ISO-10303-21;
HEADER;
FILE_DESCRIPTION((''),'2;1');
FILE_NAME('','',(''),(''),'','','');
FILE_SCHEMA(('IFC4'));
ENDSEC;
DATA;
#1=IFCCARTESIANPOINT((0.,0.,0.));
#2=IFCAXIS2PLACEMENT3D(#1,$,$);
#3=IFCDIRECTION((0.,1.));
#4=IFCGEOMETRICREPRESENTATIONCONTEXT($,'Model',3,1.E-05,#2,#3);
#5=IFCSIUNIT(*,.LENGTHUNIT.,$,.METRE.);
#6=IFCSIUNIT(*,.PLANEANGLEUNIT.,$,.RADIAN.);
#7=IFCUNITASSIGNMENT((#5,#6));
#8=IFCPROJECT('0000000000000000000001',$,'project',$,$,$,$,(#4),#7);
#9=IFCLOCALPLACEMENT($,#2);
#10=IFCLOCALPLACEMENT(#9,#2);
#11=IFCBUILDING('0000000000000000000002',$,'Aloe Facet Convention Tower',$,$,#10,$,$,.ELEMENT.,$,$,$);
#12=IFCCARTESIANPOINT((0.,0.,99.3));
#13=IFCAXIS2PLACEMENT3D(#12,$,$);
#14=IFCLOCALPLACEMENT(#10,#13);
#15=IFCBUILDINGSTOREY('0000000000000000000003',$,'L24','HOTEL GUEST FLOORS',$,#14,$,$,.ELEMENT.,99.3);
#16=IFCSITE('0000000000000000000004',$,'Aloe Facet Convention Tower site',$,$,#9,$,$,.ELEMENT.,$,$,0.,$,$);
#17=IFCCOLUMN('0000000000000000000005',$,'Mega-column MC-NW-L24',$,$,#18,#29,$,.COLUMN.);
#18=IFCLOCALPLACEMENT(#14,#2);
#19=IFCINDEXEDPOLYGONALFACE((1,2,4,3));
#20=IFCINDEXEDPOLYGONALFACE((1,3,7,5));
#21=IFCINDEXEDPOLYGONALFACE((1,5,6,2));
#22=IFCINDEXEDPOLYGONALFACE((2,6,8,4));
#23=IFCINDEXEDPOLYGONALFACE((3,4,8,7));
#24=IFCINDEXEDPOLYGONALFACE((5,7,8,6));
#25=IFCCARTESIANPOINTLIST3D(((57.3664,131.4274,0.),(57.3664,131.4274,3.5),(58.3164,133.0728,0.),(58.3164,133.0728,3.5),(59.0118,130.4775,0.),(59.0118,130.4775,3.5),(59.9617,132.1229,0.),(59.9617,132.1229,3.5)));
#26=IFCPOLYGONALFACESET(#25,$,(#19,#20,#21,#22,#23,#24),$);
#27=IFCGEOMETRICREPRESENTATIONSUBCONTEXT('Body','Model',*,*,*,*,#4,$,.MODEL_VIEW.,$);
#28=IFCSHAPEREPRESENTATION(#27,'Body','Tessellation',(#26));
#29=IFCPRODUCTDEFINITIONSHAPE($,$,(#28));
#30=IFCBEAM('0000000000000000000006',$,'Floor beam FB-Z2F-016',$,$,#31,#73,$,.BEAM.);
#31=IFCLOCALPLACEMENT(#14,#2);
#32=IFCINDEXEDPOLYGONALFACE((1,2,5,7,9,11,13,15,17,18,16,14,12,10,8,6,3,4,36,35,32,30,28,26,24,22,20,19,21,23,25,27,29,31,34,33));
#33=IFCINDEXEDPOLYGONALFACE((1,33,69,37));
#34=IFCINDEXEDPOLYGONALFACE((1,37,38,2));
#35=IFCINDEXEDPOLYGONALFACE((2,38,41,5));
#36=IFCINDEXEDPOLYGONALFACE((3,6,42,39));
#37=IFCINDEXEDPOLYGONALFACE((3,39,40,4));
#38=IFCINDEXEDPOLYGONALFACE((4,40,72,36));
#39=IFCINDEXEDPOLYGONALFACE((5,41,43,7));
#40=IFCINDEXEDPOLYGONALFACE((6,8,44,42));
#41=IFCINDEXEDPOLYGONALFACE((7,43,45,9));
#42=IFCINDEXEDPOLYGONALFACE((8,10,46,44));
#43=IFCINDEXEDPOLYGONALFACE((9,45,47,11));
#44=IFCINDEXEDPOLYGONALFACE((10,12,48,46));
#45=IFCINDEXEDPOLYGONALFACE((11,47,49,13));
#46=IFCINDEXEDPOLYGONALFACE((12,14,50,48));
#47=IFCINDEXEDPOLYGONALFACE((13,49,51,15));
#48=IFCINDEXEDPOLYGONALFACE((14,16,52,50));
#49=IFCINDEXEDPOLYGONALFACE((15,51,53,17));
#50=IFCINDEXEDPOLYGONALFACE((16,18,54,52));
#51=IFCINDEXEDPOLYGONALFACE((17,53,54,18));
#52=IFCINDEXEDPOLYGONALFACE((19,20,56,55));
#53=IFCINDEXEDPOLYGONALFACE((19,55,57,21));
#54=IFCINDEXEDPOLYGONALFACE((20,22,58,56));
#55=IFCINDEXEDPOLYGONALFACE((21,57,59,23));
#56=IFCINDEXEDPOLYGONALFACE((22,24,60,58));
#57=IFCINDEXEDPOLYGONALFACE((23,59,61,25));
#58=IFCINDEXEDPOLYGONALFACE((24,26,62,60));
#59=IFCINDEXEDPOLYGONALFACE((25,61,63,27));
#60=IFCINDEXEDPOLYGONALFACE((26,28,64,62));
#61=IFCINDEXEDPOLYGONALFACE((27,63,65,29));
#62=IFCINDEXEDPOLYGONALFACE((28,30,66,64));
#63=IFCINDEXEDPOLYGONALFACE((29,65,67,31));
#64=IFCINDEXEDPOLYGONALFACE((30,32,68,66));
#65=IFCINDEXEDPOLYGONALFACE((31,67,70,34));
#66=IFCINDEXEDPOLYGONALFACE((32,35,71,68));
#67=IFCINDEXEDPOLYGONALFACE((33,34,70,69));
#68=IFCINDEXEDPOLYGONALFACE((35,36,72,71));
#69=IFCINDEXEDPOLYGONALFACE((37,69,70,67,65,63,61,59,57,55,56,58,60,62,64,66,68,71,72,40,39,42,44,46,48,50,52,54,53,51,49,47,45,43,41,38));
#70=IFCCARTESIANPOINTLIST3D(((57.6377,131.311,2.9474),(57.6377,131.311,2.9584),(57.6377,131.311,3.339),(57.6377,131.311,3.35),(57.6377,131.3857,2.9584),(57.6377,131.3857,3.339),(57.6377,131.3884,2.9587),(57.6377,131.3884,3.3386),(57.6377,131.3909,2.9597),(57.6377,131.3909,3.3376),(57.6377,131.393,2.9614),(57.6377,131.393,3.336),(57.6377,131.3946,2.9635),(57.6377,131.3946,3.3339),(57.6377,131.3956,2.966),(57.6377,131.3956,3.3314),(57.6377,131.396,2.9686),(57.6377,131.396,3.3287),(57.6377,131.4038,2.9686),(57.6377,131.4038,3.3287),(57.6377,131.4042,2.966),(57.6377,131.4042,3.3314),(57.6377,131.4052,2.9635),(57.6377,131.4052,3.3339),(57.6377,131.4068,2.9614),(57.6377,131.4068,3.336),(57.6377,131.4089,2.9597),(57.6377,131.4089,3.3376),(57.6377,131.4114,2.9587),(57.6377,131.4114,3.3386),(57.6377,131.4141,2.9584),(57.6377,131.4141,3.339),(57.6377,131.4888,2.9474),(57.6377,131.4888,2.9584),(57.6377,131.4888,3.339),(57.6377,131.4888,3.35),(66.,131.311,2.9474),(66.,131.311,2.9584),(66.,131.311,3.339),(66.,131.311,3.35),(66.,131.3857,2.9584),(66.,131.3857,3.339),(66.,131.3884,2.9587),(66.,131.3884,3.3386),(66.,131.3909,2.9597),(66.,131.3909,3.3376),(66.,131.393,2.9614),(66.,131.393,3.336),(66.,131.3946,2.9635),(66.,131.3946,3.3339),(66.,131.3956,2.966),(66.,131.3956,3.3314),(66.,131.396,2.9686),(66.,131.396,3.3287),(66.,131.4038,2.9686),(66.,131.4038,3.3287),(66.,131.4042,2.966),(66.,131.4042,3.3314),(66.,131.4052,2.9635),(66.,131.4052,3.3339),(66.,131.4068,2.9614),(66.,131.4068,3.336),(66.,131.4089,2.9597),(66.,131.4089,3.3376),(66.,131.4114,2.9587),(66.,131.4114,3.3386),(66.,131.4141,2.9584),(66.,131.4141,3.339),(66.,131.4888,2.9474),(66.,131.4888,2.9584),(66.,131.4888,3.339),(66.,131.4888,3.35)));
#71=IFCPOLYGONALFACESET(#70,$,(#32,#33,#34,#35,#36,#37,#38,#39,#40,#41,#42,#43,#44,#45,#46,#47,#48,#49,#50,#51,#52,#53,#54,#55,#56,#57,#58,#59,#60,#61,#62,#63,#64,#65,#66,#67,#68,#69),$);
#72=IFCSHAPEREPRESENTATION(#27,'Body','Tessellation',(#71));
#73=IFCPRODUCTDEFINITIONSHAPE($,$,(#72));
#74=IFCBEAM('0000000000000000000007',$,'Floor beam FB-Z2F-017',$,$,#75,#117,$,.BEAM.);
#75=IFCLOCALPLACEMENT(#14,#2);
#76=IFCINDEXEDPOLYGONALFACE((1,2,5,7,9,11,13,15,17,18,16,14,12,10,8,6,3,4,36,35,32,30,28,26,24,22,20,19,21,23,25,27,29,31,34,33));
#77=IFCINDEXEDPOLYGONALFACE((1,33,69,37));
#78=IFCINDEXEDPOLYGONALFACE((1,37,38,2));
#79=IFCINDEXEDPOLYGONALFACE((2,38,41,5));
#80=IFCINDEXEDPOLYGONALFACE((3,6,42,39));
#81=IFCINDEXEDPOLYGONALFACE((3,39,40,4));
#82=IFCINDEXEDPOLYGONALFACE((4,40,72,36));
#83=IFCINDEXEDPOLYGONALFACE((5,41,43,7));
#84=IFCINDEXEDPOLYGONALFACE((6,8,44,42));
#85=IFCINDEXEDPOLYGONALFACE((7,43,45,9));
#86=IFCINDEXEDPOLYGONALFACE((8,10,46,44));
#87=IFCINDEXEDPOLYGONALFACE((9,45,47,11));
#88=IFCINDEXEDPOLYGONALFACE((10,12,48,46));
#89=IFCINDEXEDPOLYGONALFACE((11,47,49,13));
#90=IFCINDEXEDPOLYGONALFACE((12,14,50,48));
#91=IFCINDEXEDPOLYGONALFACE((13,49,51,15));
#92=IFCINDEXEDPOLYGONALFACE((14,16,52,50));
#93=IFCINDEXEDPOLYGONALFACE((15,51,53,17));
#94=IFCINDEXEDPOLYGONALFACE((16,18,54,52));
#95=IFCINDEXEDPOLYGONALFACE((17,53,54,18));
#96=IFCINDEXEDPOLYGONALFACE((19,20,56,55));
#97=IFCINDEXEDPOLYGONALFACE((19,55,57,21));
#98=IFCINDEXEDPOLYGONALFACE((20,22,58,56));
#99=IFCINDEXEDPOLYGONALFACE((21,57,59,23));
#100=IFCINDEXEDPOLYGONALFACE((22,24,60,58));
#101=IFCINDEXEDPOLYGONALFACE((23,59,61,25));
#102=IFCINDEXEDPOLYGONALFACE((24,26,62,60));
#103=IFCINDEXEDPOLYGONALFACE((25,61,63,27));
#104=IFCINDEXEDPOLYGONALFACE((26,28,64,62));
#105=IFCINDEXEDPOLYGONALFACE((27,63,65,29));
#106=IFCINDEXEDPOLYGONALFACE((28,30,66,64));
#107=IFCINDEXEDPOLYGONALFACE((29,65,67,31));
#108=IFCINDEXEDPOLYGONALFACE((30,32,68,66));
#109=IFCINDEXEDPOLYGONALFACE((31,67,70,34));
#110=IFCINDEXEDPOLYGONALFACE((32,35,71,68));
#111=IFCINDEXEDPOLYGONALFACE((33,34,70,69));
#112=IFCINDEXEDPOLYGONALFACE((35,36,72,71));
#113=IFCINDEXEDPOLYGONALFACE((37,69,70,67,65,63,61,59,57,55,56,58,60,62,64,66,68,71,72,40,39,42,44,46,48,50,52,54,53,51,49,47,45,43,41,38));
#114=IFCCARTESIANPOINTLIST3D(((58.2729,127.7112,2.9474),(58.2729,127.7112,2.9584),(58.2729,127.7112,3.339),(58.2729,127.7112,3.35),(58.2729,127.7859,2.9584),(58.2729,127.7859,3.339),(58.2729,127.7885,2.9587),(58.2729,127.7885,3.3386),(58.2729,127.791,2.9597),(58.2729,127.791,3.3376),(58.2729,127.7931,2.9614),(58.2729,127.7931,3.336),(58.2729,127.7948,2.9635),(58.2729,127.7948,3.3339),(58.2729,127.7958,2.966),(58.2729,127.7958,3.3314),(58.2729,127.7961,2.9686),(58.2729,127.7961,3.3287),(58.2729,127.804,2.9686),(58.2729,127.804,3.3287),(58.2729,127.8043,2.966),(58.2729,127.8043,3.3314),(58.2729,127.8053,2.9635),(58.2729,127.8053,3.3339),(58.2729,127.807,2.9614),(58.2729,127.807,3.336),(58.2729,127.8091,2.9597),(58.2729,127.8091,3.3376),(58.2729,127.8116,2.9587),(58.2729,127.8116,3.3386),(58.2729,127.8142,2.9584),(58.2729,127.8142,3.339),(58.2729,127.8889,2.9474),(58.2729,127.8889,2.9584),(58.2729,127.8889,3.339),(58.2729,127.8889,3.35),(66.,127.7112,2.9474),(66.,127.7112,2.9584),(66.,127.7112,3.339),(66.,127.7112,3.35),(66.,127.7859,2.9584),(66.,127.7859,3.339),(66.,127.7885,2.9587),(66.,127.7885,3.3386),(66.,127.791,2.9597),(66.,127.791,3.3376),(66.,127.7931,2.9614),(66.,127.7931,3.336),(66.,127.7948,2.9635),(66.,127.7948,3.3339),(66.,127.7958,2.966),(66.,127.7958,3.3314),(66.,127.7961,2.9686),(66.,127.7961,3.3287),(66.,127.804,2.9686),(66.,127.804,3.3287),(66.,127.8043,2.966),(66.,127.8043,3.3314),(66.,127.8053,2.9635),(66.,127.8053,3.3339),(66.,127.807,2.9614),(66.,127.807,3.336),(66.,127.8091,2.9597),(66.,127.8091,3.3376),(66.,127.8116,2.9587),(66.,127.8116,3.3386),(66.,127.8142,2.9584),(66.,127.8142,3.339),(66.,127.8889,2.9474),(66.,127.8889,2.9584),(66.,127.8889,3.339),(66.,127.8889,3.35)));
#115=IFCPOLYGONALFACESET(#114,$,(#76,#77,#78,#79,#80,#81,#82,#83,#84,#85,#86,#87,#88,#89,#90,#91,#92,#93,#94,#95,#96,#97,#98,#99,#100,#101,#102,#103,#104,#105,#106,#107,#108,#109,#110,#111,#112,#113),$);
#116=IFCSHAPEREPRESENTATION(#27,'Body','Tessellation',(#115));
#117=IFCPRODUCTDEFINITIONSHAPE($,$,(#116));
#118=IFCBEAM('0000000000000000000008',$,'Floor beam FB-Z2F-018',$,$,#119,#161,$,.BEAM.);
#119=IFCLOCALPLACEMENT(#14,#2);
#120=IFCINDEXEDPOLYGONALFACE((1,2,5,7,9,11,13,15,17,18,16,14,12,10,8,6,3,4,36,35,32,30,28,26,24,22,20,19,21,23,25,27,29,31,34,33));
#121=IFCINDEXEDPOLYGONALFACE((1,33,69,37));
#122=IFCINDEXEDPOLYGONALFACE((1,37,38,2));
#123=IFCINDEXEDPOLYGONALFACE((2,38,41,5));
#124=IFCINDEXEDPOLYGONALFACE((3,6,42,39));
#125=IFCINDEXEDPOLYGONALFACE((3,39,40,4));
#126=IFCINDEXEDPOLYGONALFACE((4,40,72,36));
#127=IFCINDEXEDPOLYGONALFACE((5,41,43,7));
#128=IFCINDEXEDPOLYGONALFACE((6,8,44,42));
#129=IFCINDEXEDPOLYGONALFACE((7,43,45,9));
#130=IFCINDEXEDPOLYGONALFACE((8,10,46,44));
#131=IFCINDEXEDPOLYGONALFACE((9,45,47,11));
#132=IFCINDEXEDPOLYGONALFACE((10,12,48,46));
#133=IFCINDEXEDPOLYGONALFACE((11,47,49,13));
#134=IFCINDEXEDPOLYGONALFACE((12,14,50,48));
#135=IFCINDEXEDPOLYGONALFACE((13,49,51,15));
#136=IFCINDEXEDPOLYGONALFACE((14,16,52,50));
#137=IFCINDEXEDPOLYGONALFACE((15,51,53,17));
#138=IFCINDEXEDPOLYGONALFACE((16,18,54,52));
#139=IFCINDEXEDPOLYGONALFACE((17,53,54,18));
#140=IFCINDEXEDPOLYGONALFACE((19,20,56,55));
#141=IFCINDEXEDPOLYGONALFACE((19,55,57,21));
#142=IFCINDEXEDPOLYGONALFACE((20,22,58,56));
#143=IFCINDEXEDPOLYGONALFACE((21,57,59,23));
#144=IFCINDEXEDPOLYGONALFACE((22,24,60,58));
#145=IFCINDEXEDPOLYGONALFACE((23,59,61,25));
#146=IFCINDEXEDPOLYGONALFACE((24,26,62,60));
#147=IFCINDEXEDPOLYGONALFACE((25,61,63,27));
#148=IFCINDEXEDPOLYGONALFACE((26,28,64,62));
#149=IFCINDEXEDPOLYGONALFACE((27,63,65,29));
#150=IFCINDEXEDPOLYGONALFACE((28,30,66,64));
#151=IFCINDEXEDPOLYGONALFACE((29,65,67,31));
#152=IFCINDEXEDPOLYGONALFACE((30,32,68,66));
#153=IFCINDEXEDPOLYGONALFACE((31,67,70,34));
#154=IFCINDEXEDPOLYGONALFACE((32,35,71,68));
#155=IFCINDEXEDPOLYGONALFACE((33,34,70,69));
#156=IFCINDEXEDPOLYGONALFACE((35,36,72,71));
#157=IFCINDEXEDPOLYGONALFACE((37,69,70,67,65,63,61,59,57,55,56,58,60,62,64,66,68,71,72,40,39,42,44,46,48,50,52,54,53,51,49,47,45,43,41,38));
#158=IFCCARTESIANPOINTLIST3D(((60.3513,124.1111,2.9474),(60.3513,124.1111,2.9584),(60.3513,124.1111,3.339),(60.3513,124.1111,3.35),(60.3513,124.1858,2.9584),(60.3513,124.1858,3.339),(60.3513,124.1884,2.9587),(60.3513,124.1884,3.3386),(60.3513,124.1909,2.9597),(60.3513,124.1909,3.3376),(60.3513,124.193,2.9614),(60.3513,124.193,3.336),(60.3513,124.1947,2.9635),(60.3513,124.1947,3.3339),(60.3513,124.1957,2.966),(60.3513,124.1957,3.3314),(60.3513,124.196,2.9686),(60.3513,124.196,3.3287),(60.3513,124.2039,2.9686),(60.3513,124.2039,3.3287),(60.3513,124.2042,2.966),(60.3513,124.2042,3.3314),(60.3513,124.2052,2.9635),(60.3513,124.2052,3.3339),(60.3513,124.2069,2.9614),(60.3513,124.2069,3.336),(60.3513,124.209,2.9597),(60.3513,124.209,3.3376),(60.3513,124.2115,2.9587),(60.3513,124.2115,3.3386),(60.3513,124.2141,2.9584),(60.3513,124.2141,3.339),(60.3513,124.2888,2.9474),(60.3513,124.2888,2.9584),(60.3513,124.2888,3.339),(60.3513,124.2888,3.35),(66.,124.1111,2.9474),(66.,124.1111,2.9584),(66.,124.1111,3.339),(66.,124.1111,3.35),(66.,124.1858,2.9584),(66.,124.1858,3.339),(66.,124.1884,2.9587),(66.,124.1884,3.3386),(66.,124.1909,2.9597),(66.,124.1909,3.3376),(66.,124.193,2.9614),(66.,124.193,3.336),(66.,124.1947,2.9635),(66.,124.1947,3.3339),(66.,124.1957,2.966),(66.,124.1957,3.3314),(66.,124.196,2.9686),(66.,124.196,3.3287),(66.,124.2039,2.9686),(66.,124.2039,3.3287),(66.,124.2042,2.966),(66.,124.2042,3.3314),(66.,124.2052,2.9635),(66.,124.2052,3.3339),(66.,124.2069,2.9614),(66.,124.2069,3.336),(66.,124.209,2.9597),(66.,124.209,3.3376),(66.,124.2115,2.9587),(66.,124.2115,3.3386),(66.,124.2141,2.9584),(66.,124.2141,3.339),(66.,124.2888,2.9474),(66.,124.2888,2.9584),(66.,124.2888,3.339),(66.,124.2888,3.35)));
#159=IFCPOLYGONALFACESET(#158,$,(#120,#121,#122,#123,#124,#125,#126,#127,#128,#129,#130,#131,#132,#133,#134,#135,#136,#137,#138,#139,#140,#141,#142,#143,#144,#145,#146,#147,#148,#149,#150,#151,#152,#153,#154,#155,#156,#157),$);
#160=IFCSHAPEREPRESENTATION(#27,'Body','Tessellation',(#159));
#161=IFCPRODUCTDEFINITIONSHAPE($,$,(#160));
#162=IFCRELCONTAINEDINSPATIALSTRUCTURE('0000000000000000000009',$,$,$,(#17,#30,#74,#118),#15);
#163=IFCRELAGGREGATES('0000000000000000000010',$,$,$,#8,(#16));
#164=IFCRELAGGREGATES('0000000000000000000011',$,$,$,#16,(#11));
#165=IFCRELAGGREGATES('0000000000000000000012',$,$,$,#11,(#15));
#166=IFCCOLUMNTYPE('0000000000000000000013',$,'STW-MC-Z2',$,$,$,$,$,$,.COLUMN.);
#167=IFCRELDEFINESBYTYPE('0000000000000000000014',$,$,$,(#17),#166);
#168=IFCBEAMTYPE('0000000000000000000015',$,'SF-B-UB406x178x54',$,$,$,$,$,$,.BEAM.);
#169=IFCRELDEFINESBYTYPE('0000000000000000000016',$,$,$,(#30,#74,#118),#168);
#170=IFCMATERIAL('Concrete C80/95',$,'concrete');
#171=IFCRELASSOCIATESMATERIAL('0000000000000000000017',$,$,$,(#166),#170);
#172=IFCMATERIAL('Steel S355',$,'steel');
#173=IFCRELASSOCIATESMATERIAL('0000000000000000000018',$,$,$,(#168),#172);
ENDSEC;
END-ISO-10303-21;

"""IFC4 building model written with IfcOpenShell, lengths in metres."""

from ifc_helpers import new_model, si_unit, direction, frame, origin, origin_2d, place, context, subcontext, project, spatial, rectangle, i_section, extrude, material, material_profile, profile_set, type_object, element, save


model = new_model("IFC4")

# Units and contexts
model_context = context("Model", 3, precision=1e-05, world=origin(), true_north=direction((0.0, 1.0)))
body_context = subcontext(model_context, "Body", "Model", "MODEL_VIEW")
ifc_project = project(units=[si_unit("LENGTHUNIT", "METRE"), si_unit("PLANEANGLEUNIT", "RADIAN")], contexts=[model_context])

# Site, building, storey
site_placement = place(None, origin())
site = spatial("IfcSite", under=ifc_project, at=site_placement, Name="Aloe Facet Convention Tower site", CompositionType="ELEMENT", RefElevation=0.0)
building_placement = place(site_placement, origin())
building = spatial("IfcBuilding", under=site, at=building_placement, Name="Aloe Facet Convention Tower", CompositionType="ELEMENT")
storey_placement = place(building_placement, frame((0.0, 0.0, 99.3)))
storey = spatial("IfcBuildingStorey", under=building, at=storey_placement, Name="L24", Description="HOTEL GUEST FLOORS", CompositionType="ELEMENT", Elevation=99.3)

# Column
ifc_material_1 = material(Name="Concrete C80/95", Category="concrete")
ifc_material_profile_1 = material_profile(ifc_material_1, rectangle(XDim=1.8999, YDim=1.8999, at=origin_2d()), Name="STW-MC-Z2")
ifc_profile_set_1 = profile_set([ifc_material_profile_1], Name="Concrete C80/95")
column_type = type_object("IfcColumnType", Name="STW-MC-Z2", PredefinedType="COLUMN", material=ifc_profile_set_1)
column_placement = place(storey_placement, frame((58.6641, 131.7751, 0.0), z_axis=(0.0, 0.0, 1.0), x_axis=(-0.5, -0.866025, 0.0)))
element("IfcColumn", 1, at=column_placement, inside=storey, type_object=column_type, Name="Mega-column MC-NW-L24", PredefinedType="COLUMN", context=body_context, shape_type="SweptSolid", body=[
    extrude(rectangle(XDim=1.8999, YDim=1.8999, at=origin_2d()), origin(), (0.0, 0.0, 1.0), 3.5),
])

# Beams
ifc_material_2 = material(Name="Steel S355", Category="steel")
ifc_material_profile_2 = material_profile(ifc_material_2, i_section(OverallWidth=0.1777, OverallDepth=0.4026, WebThickness=0.0078, FlangeThickness=0.011, FilletRadius=0.0103, at=origin_2d()), Name="UB 406x178x54")
ifc_profile_set_2 = profile_set([ifc_material_profile_2], Name="Steel S355")
beam_type = type_object("IfcBeamType", Name="SF-B-UB406x178x54", PredefinedType="BEAM", material=ifc_profile_set_2)
beam_1_placement = place(storey_placement, frame((57.6377, 131.3999, 3.1487), z_axis=(1.0, 0.0, 0.0), x_axis=(0.0, 1.0, 0.0)))
element("IfcBeam", 2, at=beam_1_placement, inside=storey, type_object=beam_type, Name="Floor beam FB-Z2F-016", PredefinedType="BEAM", context=body_context, shape_type="SweptSolid", body=[
    extrude(i_section(OverallWidth=0.1777, OverallDepth=0.4026, WebThickness=0.0078, FlangeThickness=0.011, FilletRadius=0.0103, at=origin_2d()), origin(), (0.0, 0.0, 1.0), 8.3623),
])
beam_2_placement = place(storey_placement, frame((58.2729, 127.8, 3.1487), z_axis=(1.0, 0.0, 0.0), x_axis=(0.0, 1.0, 0.0)))
element("IfcBeam", 3, at=beam_2_placement, inside=storey, type_object=beam_type, Name="Floor beam FB-Z2F-017", PredefinedType="BEAM", context=body_context, shape_type="SweptSolid", body=[
    extrude(i_section(OverallWidth=0.1777, OverallDepth=0.4026, WebThickness=0.0078, FlangeThickness=0.011, FilletRadius=0.0103, at=origin_2d()), origin(), (0.0, 0.0, 1.0), 7.7271),
])
beam_3_placement = place(storey_placement, frame((60.3513, 124.2, 3.1487), z_axis=(1.0, 0.0, 0.0), x_axis=(0.0, 1.0, 0.0)))
element("IfcBeam", 4, at=beam_3_placement, inside=storey, type_object=beam_type, Name="Floor beam FB-Z2F-018", PredefinedType="BEAM", context=body_context, shape_type="SweptSolid", body=[
    extrude(i_section(OverallWidth=0.1777, OverallDepth=0.4026, WebThickness=0.0078, FlangeThickness=0.011, FilletRadius=0.0103, at=origin_2d()), origin(), (0.0, 0.0, 1.0), 5.6487),
])

save(model, "model.ifc")
